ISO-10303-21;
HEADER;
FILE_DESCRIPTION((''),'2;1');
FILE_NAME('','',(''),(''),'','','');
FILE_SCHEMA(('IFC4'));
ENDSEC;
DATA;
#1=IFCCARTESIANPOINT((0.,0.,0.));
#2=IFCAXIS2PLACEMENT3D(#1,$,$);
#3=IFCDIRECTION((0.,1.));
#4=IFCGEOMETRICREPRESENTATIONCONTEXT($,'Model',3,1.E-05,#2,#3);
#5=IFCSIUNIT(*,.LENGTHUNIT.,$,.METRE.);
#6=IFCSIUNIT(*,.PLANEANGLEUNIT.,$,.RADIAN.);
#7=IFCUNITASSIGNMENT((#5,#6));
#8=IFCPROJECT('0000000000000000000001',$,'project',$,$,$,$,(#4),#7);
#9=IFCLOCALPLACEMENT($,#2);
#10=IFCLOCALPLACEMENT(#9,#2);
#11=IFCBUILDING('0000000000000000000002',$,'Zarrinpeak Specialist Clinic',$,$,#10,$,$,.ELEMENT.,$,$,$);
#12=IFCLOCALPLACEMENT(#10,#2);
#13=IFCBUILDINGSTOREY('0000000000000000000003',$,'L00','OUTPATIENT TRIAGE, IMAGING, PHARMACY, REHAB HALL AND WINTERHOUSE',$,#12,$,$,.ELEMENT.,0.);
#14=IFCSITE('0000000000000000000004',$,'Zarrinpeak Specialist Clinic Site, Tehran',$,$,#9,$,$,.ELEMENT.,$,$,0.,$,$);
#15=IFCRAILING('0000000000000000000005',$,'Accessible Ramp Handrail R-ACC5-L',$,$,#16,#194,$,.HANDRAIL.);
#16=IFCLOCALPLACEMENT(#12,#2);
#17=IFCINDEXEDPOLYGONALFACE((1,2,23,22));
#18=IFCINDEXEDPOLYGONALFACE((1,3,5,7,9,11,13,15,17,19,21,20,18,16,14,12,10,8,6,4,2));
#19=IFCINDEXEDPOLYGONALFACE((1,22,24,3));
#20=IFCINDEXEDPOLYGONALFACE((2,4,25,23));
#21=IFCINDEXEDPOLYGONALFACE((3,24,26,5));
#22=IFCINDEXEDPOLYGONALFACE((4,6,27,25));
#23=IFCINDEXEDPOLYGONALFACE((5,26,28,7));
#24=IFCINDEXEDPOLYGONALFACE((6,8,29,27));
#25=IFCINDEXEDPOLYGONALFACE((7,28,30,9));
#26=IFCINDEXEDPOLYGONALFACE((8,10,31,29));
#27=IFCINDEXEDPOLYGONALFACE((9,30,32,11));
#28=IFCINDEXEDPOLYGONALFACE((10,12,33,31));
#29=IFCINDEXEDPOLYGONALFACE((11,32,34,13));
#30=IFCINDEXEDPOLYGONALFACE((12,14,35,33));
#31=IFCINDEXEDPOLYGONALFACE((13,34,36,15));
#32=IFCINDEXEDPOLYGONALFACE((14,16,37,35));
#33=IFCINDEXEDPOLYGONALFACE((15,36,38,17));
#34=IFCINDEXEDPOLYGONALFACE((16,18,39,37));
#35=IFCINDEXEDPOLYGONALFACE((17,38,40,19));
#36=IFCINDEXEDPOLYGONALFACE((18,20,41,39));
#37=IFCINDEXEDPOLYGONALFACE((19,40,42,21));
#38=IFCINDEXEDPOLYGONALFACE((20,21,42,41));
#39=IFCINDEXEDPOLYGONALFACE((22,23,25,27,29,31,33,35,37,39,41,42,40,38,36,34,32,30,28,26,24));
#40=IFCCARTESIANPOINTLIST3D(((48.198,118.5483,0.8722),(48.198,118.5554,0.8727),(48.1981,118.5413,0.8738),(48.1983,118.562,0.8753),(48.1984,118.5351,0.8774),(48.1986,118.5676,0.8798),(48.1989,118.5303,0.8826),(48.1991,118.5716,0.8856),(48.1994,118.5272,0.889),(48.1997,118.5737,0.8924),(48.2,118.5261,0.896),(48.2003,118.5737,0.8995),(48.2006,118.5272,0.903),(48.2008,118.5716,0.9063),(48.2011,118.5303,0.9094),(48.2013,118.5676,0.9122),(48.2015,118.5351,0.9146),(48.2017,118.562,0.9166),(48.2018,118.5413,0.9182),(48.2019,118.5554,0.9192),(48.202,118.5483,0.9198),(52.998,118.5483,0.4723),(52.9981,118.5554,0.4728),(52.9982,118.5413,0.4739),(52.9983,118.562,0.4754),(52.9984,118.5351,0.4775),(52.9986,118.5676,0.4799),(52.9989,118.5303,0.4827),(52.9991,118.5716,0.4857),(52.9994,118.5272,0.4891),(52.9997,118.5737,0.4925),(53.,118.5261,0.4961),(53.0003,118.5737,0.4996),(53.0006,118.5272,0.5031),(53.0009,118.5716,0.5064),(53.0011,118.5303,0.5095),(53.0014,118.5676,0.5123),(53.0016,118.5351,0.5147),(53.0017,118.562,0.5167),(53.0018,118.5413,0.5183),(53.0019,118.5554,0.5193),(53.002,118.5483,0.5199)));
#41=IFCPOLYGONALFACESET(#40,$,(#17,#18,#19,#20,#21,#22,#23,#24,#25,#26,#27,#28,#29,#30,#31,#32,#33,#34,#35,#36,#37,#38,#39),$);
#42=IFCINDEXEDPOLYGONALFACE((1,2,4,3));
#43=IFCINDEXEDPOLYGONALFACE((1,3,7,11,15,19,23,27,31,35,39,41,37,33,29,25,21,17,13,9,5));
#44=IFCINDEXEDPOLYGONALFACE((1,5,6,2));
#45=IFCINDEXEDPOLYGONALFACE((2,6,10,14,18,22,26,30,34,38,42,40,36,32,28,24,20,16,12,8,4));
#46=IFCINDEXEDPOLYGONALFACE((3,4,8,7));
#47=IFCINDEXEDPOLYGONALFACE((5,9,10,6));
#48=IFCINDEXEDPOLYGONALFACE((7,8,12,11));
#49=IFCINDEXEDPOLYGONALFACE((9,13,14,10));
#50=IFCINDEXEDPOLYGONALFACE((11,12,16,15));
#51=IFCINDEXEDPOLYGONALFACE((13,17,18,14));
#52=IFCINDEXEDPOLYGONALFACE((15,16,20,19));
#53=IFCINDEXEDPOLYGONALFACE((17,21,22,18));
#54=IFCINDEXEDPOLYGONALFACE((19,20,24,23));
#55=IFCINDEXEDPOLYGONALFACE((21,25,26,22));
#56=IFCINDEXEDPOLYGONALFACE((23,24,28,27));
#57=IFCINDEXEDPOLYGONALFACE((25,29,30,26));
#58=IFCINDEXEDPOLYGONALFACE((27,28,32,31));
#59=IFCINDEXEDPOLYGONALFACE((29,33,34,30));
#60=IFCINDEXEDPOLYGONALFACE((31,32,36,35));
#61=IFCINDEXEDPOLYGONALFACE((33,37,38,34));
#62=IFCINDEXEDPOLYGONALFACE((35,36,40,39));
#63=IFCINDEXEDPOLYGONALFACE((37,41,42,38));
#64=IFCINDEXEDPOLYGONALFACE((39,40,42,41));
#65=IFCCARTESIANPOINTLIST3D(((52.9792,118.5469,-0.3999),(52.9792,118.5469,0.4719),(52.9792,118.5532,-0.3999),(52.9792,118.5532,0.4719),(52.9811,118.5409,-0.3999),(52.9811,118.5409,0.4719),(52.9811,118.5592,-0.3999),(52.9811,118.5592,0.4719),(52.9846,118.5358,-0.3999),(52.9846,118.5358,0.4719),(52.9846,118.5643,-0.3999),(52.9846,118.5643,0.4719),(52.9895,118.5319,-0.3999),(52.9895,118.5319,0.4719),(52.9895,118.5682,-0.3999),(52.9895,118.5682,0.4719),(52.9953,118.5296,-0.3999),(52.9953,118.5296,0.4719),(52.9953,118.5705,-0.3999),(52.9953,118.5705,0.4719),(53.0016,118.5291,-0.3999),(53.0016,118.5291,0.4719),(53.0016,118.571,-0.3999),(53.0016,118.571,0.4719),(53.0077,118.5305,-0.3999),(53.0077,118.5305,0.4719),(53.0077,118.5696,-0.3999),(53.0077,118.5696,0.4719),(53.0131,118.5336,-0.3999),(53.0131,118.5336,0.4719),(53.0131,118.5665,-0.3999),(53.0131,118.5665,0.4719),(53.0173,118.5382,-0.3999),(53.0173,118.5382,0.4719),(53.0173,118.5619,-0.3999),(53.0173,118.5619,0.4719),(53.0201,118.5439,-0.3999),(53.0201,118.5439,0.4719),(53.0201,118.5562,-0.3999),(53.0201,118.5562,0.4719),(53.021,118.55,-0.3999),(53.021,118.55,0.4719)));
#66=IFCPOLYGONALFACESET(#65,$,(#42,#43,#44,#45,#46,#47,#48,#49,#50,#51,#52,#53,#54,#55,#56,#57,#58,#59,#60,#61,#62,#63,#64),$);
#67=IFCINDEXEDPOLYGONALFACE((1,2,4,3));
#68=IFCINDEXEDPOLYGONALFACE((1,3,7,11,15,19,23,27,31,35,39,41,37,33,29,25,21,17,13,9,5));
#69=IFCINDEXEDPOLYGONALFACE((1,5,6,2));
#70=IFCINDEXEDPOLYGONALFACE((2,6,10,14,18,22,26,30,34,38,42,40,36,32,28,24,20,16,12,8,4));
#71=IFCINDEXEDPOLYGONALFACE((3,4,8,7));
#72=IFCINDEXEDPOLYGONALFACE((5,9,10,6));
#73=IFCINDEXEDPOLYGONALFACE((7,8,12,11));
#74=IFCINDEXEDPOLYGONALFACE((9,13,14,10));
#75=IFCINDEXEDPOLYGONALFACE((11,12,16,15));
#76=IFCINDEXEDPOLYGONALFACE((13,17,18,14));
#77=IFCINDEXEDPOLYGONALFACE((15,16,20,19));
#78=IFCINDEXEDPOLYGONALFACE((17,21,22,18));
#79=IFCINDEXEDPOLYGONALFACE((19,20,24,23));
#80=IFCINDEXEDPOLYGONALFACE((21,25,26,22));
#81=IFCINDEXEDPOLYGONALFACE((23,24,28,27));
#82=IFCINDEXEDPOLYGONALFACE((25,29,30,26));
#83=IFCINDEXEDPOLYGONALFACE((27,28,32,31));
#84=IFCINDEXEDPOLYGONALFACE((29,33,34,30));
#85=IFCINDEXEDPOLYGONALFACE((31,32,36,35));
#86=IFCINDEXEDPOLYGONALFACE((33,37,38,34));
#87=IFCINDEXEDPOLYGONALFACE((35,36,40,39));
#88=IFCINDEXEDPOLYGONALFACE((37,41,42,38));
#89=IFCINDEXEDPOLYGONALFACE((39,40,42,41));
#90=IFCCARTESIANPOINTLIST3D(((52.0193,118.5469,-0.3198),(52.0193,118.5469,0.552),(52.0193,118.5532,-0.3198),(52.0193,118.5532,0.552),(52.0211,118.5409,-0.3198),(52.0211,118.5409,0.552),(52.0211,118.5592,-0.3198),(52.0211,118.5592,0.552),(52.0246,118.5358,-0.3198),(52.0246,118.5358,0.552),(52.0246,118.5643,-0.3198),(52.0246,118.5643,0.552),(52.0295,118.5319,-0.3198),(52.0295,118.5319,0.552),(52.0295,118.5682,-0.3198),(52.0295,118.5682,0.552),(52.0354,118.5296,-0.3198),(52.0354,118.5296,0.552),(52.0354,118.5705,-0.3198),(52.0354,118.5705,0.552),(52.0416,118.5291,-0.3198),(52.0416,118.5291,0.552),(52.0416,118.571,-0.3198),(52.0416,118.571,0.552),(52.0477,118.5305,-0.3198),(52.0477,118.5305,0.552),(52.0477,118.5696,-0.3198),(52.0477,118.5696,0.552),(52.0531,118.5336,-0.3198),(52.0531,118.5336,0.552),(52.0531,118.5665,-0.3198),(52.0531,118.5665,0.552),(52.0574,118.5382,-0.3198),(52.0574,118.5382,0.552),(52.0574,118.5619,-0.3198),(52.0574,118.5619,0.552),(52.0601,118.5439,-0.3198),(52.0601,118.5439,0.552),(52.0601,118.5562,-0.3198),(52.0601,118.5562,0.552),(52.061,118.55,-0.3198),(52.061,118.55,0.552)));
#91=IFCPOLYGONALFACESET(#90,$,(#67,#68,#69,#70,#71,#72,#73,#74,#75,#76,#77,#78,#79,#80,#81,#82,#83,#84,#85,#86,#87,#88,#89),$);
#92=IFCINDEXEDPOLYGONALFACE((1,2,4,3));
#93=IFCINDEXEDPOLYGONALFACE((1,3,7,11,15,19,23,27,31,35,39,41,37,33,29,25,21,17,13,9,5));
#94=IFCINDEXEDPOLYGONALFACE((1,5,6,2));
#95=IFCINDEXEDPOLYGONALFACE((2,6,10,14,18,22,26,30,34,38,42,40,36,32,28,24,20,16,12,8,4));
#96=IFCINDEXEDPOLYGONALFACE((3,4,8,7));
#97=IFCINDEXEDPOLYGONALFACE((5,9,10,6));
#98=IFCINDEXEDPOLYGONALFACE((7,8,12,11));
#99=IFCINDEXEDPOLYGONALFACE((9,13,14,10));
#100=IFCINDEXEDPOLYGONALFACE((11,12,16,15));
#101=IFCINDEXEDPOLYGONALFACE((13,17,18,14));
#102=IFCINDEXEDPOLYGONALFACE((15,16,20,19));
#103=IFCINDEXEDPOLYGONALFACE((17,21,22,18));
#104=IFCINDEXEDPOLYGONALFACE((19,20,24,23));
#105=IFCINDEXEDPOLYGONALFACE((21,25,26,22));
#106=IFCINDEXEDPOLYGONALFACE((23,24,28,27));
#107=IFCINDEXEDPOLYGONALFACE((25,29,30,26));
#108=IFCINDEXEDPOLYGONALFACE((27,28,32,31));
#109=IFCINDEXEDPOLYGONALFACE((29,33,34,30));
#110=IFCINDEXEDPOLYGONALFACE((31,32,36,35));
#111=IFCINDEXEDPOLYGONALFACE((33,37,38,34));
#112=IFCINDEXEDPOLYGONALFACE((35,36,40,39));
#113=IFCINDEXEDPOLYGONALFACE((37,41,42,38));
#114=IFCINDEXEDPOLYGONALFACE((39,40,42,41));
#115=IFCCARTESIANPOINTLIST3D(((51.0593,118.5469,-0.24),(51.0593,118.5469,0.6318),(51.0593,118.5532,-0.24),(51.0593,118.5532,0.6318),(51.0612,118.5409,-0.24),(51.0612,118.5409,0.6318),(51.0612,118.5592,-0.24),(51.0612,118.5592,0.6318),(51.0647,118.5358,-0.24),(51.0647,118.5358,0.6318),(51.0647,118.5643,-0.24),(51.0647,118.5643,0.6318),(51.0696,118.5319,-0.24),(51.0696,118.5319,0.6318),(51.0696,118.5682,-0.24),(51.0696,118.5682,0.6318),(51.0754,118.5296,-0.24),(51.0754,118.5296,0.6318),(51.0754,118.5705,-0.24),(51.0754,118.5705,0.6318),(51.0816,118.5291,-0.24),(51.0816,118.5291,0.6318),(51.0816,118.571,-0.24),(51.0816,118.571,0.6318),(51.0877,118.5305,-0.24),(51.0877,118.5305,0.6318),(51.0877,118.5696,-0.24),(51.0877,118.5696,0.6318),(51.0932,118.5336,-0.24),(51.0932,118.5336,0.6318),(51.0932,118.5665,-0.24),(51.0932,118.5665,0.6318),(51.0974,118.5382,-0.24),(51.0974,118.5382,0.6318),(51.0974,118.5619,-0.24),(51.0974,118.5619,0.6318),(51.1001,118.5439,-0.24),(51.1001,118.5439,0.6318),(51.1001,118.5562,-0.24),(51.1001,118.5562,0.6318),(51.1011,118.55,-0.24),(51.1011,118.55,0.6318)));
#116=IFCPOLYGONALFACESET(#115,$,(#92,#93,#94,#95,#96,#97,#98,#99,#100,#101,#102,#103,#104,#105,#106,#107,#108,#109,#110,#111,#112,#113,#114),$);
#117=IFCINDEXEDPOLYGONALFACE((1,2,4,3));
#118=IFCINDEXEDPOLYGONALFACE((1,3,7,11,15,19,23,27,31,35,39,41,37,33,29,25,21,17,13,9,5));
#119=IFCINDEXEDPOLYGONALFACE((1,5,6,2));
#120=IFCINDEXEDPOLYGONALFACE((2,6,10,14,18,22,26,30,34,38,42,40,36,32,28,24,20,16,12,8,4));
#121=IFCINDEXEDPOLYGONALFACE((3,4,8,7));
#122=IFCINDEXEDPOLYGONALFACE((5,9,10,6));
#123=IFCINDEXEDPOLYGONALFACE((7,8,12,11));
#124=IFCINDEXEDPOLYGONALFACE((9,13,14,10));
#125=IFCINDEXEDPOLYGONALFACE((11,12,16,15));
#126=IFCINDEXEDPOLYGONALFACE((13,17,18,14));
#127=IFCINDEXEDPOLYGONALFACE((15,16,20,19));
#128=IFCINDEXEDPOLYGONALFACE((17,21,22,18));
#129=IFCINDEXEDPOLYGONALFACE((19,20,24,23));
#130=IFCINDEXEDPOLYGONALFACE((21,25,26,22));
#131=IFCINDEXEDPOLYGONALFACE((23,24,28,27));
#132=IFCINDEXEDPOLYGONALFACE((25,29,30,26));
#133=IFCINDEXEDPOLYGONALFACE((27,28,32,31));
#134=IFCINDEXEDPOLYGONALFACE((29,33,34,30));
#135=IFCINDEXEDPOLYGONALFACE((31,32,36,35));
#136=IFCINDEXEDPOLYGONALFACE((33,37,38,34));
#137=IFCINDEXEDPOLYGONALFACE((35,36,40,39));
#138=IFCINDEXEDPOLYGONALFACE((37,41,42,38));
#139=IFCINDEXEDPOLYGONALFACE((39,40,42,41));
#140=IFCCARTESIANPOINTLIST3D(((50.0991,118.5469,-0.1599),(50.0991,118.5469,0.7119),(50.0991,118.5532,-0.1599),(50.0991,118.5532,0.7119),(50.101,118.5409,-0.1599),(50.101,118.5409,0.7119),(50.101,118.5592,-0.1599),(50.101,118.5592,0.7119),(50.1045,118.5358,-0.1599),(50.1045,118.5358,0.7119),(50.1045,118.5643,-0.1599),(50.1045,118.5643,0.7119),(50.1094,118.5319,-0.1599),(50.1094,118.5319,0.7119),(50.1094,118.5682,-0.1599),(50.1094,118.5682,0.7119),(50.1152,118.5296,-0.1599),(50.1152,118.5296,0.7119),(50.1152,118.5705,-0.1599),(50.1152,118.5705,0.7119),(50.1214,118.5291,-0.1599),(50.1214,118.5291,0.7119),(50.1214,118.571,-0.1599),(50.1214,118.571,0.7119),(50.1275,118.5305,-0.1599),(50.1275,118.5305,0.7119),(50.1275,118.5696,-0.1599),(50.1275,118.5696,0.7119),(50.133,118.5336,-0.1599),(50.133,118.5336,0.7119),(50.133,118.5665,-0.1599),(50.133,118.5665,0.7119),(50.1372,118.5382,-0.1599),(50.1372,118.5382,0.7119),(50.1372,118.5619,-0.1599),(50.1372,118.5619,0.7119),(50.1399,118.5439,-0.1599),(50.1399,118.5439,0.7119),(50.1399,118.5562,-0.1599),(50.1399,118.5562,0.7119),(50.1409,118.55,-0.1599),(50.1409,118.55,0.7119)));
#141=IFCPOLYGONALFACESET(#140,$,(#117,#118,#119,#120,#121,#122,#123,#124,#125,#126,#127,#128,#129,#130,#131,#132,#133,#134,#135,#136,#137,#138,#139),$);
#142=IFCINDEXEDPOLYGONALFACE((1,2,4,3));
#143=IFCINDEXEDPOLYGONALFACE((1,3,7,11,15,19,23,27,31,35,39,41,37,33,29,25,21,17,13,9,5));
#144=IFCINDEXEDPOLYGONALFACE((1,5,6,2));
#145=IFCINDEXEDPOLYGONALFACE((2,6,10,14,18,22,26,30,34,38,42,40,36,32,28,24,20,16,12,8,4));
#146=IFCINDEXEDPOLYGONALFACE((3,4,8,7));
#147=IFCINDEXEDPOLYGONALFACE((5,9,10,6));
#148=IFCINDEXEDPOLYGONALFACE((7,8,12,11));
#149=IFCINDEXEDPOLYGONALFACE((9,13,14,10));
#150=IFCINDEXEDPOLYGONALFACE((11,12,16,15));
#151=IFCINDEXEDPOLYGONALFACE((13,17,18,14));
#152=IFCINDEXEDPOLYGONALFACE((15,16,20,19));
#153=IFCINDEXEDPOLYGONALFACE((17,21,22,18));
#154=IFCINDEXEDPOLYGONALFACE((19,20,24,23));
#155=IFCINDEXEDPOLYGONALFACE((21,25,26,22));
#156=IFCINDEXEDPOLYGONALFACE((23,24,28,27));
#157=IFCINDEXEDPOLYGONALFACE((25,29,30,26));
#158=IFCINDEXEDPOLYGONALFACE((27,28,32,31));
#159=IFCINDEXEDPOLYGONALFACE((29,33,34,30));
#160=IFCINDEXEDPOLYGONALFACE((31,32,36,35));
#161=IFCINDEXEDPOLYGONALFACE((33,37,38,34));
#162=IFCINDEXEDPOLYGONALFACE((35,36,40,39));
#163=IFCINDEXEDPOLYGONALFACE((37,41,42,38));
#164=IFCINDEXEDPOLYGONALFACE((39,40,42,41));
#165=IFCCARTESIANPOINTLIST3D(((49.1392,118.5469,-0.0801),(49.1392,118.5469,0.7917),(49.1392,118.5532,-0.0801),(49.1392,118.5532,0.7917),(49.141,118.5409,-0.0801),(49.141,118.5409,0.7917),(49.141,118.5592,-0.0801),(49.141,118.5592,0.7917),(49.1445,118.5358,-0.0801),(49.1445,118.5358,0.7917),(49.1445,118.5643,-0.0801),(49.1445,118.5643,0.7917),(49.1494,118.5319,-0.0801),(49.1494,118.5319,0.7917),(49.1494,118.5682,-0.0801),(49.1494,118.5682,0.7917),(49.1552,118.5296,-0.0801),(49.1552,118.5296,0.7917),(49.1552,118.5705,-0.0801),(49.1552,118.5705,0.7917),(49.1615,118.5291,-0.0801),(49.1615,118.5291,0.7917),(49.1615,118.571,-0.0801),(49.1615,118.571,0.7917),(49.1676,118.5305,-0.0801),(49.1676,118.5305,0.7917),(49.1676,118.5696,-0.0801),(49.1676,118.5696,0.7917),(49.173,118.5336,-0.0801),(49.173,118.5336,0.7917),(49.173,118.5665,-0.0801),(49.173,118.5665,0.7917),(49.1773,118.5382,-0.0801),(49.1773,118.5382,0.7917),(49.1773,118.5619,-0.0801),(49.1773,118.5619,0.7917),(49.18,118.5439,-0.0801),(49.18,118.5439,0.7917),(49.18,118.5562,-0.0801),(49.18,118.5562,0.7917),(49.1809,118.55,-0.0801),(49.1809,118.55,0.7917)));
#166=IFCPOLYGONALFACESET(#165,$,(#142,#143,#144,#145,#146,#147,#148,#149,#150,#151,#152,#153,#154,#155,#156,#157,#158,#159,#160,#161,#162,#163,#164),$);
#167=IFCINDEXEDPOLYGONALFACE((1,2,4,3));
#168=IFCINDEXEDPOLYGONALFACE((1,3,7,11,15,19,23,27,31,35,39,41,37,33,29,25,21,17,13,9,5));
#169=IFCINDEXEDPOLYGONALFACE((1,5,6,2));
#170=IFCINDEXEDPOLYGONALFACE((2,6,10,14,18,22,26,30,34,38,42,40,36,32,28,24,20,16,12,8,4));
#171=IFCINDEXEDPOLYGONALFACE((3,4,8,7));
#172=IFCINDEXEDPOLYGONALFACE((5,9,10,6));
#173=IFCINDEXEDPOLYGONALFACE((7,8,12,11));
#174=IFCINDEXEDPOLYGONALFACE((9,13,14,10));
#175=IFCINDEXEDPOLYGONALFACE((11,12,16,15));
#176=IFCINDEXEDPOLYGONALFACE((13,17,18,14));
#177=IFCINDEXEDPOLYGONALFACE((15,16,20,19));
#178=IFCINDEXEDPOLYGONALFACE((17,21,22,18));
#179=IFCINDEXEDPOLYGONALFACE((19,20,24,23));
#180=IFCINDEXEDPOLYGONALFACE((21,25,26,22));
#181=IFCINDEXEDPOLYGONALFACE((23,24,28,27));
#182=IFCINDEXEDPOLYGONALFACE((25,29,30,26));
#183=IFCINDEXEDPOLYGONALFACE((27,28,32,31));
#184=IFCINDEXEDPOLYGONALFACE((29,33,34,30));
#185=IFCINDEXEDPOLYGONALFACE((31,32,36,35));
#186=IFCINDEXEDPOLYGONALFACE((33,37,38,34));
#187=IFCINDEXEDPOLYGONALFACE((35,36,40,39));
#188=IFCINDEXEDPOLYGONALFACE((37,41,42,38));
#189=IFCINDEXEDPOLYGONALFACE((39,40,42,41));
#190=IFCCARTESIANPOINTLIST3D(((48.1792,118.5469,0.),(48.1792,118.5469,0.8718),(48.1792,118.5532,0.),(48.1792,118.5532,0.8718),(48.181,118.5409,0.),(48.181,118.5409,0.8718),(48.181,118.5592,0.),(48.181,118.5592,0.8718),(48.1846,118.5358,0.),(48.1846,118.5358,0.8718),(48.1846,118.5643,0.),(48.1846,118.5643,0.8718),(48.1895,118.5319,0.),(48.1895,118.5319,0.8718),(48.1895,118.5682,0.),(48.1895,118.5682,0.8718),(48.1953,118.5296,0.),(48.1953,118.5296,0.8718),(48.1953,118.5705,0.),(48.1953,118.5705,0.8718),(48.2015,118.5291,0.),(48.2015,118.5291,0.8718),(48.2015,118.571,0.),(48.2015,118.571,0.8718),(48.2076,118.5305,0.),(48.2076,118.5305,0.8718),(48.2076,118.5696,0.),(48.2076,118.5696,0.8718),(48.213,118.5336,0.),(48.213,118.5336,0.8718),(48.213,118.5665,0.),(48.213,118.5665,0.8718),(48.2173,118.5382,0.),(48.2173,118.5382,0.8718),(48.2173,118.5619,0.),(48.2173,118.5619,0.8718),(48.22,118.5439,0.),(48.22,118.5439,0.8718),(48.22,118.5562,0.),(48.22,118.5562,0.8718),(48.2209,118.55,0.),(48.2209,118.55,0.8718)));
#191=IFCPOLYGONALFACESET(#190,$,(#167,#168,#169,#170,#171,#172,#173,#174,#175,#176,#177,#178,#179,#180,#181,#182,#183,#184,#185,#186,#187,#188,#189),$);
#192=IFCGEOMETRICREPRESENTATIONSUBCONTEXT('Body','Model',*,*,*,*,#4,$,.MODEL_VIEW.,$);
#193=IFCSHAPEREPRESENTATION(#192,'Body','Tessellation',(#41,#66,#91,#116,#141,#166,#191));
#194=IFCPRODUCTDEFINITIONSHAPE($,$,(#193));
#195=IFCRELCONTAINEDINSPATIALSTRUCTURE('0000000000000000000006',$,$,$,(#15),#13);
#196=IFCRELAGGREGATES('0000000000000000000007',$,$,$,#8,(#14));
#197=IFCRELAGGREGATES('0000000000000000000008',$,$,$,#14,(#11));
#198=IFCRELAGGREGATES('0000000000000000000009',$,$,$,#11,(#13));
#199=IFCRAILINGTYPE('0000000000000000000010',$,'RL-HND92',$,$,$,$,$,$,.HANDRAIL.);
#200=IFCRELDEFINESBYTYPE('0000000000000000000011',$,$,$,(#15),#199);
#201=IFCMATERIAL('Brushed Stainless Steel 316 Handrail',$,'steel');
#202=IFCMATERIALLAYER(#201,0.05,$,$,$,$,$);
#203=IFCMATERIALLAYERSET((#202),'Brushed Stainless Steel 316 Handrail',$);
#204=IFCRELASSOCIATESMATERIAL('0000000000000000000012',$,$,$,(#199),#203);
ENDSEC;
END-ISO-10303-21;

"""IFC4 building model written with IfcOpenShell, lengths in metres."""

from ifc_helpers import new_model, si_unit, direction, frame, origin, origin_2d, place, context, subcontext, project, spatial, circle, extrude, material, layer, layer_set, type_object, element, save


model = new_model("IFC4")

# Units and contexts
model_context = context("Model", 3, precision=1e-05, world=origin(), true_north=direction((0.0, 1.0)))
body_context = subcontext(model_context, "Body", "Model", "MODEL_VIEW")
ifc_project = project(units=[si_unit("LENGTHUNIT", "METRE"), si_unit("PLANEANGLEUNIT", "RADIAN")], contexts=[model_context])

# Site, building, storey
site_placement = place(None, origin())
site = spatial("IfcSite", under=ifc_project, at=site_placement, Name="Zarrinpeak Specialist Clinic Site, Tehran", CompositionType="ELEMENT", RefElevation=0.0)
building_placement = place(site_placement, origin())
building = spatial("IfcBuilding", under=site, at=building_placement, Name="Zarrinpeak Specialist Clinic", CompositionType="ELEMENT")
storey_placement = place(building_placement, origin())
storey = spatial("IfcBuildingStorey", under=building, at=storey_placement, Name="L00", Description="OUTPATIENT TRIAGE, IMAGING, PHARMACY, REHAB HALL AND WINTERHOUSE", CompositionType="ELEMENT", Elevation=0.0)

# Railing
ifc_material_1 = material(Name="Brushed Stainless Steel 316 Handrail", Category="steel")
ifc_layer_1 = layer(ifc_material_1, 0.05)
ifc_layer_set_1 = layer_set([ifc_layer_1], Name="Brushed Stainless Steel 316 Handrail")
railing_type_1 = type_object("IfcRailingType", Name="RL-HND92", PredefinedType="HANDRAIL", material=ifc_layer_set_1)
for number, where, name in (
    (1, (53.0, 118.55, -0.3999), "Accessible Ramp Handrail R-ACC5-L"),
):
    element("IfcRailing", number, at=place(storey_placement, frame(where)), inside=storey, type_object=railing_type_1, Name=name, PredefinedType="HANDRAIL", context=body_context, shape_type="SweptSolid", body=[
        extrude(circle(Radius=0.0239, at=origin_2d()), frame((0.0, 0.0, 0.896), z_axis=(-0.996548, 0.0, 0.083025), x_axis=(0.0, -1.0, 0.0)), (0.0, 0.0, 1.0), 4.8167),
        extrude(circle(Radius=0.021, at=origin_2d()), origin(), (0.0, 0.0, 1.0), 0.8718),
        extrude(circle(Radius=0.021, at=origin_2d()), frame((-0.96, 0.0, 0.0801)), (0.0, 0.0, 1.0), 0.8718),
        extrude(circle(Radius=0.021, at=origin_2d()), frame((-1.9199, 0.0, 0.1599)), (0.0, 0.0, 1.0), 0.8718),
        extrude(circle(Radius=0.021, at=origin_2d()), frame((-2.8801, 0.0, 0.24)), (0.0, 0.0, 1.0), 0.8718),
        extrude(circle(Radius=0.021, at=origin_2d()), frame((-3.8401, 0.0, 0.3198)), (0.0, 0.0, 1.0), 0.8718),
        extrude(circle(Radius=0.021, at=origin_2d()), frame((-4.8, 0.0, 0.3999)), (0.0, 0.0, 1.0), 0.8718),
    ])

save(model, "model.ifc")
